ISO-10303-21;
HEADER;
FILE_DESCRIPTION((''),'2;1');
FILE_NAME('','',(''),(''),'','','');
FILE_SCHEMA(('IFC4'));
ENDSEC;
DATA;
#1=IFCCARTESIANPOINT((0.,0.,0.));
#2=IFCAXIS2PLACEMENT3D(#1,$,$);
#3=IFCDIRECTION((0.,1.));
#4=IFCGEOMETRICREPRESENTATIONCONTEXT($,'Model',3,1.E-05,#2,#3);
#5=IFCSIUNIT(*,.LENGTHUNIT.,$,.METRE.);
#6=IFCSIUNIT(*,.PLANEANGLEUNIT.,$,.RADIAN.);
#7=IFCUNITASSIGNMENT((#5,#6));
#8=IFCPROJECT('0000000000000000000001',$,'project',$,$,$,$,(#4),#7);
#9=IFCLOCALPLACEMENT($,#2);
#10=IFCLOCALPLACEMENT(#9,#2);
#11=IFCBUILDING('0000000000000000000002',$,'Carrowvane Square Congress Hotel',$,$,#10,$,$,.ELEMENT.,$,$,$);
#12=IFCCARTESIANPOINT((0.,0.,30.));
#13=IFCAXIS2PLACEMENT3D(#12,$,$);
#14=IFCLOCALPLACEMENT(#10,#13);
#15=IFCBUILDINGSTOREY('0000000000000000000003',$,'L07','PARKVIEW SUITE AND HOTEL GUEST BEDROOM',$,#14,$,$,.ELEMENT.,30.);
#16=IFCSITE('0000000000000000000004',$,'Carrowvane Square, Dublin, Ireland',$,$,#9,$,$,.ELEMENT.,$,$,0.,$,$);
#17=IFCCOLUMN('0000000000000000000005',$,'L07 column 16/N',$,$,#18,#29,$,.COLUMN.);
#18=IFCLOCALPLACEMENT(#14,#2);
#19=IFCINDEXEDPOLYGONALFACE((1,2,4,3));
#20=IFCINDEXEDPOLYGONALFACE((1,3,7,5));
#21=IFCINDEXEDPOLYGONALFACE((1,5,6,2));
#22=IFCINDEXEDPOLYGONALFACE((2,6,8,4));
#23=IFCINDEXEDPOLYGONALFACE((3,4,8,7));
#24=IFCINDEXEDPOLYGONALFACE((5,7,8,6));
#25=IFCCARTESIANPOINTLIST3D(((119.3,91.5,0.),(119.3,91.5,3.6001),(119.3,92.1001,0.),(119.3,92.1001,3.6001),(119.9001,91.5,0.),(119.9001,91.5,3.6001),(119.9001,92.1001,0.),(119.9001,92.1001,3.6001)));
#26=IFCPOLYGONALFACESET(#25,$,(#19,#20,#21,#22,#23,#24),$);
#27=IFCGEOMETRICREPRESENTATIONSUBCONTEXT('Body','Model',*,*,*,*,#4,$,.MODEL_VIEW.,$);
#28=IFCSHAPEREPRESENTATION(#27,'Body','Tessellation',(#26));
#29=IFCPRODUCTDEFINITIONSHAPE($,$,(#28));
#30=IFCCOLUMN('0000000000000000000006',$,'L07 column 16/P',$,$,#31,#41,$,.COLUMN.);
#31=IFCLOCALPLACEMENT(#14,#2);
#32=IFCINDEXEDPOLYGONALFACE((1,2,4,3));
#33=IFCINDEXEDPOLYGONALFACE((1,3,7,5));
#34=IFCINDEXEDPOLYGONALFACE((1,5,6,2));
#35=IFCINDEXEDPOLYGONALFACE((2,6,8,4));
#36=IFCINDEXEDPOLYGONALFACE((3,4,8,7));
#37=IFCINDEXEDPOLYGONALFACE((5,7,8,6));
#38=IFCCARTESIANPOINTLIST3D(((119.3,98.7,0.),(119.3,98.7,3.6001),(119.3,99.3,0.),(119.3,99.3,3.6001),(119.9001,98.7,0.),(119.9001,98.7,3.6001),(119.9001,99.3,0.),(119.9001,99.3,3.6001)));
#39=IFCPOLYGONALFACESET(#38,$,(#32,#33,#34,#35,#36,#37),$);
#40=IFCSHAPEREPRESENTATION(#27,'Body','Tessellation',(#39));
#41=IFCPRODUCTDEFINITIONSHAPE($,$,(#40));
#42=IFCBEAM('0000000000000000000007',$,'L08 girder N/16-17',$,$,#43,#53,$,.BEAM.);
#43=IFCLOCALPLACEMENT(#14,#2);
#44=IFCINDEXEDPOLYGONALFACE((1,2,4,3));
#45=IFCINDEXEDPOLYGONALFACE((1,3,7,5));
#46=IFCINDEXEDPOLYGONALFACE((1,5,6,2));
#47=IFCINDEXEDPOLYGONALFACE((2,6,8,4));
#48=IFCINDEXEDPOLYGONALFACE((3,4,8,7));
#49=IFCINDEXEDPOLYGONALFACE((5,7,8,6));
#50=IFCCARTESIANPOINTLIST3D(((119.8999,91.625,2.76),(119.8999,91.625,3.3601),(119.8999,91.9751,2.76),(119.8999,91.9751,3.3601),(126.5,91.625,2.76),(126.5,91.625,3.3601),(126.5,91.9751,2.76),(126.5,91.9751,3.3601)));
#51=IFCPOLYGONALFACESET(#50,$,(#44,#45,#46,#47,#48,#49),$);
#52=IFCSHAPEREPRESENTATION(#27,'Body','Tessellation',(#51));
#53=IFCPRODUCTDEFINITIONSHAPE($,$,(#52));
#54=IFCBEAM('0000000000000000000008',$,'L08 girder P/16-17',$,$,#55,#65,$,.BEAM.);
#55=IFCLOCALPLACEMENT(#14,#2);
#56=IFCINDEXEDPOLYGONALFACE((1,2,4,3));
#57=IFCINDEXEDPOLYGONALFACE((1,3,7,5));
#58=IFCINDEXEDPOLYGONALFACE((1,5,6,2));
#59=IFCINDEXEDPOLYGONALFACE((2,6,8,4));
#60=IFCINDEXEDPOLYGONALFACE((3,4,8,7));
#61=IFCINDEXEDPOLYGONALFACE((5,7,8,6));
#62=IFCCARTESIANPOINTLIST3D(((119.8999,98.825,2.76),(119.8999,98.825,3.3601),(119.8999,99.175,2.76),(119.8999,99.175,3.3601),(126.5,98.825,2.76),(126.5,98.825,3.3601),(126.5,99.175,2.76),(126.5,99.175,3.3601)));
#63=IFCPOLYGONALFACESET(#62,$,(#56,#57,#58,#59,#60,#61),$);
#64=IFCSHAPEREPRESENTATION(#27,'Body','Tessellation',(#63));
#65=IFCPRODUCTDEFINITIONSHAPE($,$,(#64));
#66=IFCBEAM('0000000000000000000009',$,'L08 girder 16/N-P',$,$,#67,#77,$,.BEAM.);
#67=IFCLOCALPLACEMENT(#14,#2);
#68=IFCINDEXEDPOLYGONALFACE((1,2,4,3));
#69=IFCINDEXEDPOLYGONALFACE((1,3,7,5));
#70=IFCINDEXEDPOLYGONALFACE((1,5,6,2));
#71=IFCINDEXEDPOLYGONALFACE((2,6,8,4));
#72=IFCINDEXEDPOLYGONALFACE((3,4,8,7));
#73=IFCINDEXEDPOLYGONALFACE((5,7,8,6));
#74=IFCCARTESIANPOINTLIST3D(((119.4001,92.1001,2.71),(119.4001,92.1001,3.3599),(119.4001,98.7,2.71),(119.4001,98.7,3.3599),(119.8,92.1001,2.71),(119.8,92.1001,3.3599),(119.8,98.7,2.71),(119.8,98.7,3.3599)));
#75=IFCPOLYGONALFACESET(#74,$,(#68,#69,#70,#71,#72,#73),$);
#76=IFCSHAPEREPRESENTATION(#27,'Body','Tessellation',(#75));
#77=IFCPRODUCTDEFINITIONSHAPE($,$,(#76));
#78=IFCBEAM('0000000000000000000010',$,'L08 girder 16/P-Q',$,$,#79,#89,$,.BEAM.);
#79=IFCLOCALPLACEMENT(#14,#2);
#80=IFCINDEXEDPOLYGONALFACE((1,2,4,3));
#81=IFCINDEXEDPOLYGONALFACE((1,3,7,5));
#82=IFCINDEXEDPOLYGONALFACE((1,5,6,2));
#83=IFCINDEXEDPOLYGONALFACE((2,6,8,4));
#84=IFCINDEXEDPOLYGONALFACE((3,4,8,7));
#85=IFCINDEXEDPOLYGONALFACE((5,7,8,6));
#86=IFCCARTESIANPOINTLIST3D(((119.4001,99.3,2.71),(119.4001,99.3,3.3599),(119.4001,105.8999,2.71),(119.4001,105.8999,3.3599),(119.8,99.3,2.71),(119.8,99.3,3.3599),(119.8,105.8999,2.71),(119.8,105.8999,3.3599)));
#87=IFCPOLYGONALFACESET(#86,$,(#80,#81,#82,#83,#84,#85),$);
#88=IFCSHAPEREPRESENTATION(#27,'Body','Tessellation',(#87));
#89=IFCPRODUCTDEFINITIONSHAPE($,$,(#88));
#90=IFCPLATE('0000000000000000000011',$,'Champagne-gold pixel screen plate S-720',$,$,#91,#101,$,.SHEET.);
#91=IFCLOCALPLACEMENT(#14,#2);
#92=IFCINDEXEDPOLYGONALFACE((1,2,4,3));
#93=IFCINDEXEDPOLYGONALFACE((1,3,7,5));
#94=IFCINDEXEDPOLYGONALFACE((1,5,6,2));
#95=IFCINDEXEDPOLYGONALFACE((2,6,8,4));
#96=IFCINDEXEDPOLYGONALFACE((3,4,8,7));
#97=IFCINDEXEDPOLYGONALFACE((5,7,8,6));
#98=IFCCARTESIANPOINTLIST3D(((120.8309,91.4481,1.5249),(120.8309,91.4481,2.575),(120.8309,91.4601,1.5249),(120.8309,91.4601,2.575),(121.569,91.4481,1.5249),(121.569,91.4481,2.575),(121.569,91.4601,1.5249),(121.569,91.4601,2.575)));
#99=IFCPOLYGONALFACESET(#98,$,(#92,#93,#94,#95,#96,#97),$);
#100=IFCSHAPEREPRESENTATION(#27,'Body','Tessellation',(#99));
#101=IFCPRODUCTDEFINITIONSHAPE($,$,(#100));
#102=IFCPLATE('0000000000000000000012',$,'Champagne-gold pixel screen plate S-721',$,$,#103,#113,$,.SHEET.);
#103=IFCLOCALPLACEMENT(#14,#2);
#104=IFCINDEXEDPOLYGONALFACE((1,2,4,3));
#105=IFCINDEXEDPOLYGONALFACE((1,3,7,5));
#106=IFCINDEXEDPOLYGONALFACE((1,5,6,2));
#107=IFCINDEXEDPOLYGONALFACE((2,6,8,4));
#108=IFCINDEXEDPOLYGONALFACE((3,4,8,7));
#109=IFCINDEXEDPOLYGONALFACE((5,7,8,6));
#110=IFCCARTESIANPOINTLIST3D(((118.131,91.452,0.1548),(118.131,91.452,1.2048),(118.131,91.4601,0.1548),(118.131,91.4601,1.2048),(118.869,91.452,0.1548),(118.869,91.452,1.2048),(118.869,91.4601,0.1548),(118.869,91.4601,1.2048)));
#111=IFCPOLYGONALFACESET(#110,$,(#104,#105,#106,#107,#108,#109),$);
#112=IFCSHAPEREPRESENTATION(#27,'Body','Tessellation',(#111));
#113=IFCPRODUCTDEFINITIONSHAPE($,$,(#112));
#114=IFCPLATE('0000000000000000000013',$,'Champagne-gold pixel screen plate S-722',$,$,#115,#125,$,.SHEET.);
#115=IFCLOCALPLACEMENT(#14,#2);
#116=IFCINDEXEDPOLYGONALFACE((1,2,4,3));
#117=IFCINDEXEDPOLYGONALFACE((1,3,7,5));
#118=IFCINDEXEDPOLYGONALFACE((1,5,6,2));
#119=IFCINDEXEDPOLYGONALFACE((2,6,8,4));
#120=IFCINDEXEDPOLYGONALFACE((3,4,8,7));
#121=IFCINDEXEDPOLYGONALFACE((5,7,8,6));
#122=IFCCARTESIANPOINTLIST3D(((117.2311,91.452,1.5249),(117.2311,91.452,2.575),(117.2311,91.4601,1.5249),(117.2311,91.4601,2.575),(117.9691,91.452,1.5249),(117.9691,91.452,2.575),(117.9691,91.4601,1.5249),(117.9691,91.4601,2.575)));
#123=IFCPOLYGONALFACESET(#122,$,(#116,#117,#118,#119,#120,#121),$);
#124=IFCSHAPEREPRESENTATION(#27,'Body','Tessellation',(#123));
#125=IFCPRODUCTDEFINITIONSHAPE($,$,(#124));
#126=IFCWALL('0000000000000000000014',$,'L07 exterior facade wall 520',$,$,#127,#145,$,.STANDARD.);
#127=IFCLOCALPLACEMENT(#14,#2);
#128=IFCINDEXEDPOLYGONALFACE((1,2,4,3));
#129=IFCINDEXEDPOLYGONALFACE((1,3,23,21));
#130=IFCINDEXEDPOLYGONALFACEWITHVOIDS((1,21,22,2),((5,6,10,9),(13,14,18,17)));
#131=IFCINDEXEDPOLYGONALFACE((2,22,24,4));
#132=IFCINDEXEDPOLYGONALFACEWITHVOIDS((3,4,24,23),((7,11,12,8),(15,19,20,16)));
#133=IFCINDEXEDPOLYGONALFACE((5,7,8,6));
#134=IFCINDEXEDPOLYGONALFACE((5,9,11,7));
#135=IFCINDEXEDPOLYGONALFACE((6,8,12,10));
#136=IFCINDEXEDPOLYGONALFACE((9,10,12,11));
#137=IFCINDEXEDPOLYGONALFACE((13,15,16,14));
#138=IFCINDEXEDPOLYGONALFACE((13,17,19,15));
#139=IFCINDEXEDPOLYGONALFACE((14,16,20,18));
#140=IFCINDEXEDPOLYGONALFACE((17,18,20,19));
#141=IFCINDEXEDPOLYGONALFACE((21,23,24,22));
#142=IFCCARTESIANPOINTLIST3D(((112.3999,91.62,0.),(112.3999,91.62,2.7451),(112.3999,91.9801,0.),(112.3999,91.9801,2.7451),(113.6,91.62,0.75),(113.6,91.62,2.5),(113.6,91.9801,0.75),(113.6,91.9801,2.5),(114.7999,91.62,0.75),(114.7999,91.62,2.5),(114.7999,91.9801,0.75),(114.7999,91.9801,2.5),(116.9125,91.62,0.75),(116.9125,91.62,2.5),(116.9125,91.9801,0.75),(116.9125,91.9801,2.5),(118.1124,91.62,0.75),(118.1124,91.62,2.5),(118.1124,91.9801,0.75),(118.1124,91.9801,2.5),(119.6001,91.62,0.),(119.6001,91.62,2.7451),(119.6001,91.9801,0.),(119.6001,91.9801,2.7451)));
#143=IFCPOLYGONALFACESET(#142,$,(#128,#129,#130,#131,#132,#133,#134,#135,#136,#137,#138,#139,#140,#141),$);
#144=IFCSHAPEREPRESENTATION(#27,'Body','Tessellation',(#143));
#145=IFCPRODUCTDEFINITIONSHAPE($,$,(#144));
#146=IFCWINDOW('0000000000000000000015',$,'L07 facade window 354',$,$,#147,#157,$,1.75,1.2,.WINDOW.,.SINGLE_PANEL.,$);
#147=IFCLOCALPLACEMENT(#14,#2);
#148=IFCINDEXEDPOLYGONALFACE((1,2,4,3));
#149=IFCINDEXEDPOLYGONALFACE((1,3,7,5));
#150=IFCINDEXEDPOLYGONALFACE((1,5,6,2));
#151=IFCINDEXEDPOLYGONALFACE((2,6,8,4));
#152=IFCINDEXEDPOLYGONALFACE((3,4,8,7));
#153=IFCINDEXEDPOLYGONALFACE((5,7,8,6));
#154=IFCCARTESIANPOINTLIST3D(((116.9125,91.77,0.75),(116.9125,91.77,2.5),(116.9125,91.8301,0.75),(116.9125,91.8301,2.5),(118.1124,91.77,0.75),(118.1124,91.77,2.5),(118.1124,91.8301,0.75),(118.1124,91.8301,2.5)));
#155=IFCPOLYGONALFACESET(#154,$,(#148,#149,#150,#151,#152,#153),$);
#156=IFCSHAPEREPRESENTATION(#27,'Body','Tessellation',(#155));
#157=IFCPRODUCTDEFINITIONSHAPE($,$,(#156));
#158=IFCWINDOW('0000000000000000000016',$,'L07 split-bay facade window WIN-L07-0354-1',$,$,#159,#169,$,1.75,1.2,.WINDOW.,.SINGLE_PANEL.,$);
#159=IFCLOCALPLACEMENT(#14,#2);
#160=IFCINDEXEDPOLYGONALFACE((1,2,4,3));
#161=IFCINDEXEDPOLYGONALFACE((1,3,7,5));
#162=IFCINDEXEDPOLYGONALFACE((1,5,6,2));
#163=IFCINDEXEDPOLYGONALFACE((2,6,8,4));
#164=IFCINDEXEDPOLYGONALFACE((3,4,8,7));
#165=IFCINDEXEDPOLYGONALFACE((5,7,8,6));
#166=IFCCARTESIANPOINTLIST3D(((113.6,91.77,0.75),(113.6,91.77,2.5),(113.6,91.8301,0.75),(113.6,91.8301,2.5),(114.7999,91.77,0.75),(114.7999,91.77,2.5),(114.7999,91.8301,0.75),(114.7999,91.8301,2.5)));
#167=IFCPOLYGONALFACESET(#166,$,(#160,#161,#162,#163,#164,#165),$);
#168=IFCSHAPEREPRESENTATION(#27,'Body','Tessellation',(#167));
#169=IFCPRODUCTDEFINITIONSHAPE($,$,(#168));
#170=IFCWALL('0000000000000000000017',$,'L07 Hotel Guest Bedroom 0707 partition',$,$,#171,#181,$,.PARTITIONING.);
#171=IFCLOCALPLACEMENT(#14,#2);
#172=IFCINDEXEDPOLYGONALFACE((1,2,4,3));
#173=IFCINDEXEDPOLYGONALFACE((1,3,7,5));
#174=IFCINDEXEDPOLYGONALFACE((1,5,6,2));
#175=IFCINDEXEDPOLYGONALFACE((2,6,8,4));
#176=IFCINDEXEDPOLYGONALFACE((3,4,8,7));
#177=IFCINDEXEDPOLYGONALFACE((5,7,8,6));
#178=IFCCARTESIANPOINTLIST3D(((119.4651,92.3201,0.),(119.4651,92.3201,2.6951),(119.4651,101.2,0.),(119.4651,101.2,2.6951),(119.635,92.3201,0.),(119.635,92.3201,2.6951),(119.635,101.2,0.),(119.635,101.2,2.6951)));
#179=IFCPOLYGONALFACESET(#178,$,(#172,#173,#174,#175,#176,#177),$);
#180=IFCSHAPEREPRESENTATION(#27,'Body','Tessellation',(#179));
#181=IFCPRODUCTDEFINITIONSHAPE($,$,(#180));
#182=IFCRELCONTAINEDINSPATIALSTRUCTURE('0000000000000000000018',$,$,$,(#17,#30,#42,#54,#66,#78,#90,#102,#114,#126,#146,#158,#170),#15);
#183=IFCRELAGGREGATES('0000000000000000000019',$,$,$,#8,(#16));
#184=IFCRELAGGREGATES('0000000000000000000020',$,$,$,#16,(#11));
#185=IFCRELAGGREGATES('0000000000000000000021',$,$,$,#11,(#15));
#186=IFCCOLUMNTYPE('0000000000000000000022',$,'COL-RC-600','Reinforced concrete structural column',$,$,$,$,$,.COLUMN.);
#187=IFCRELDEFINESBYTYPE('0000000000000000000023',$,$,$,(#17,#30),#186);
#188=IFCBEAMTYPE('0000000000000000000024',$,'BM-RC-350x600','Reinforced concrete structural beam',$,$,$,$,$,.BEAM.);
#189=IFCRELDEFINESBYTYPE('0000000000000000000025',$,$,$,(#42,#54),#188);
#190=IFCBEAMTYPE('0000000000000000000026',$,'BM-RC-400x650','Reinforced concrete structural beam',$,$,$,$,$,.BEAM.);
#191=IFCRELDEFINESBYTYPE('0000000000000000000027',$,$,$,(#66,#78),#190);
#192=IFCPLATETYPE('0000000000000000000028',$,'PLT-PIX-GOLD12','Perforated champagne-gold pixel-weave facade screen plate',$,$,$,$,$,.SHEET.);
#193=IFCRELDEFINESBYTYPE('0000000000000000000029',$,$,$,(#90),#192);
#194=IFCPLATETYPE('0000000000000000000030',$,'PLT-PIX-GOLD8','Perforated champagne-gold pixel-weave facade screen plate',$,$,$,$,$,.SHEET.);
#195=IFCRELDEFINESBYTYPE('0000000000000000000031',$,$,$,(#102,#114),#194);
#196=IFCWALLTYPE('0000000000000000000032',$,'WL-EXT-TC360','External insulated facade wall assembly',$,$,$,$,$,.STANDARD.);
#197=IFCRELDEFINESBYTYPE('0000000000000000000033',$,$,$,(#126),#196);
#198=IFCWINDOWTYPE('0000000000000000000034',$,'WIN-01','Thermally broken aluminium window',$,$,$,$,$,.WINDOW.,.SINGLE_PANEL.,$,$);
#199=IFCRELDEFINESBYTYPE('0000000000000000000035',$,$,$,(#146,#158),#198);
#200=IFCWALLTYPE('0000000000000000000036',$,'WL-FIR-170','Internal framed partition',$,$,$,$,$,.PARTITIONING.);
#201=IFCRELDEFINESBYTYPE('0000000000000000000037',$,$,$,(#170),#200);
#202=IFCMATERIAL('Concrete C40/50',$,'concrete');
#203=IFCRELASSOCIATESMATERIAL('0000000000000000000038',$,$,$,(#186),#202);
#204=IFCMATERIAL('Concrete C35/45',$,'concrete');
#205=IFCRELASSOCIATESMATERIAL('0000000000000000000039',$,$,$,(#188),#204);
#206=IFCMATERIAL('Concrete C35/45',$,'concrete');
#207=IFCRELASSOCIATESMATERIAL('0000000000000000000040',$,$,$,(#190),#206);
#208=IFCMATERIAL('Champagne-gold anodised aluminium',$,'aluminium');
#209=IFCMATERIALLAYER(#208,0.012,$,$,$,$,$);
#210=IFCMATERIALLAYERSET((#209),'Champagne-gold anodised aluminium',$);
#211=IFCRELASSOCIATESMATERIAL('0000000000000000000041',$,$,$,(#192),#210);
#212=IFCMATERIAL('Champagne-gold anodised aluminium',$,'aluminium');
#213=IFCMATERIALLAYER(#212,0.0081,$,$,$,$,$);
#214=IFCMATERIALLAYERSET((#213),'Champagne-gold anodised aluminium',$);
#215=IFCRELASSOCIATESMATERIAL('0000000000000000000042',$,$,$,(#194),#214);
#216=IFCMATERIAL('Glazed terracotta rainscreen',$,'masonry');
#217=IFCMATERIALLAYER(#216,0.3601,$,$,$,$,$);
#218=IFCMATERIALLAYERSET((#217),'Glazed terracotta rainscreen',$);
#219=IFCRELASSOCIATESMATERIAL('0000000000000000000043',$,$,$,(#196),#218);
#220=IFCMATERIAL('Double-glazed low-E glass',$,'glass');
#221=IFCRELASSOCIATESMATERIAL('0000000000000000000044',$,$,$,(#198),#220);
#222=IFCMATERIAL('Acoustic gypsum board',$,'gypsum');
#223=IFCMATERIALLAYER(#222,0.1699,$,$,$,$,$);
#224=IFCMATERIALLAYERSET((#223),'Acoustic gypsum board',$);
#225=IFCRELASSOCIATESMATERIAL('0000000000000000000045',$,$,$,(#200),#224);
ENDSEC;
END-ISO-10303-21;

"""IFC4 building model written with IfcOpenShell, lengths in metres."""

from ifc_helpers import new_model, si_unit, direction, frame, frame_2d, origin, origin_2d, place, context, subcontext, project, spatial, rectangle, extrude, material, layer, layer_set, material_profile, profile_set, type_object, element, fill, save


model = new_model("IFC4")

# Units and contexts
model_context = context("Model", 3, precision=1e-05, world=origin(), true_north=direction((0.0, 1.0)))
body_context = subcontext(model_context, "Body", "Model", "MODEL_VIEW")
ifc_project = project(units=[si_unit("LENGTHUNIT", "METRE"), si_unit("PLANEANGLEUNIT", "RADIAN")], contexts=[model_context])

# Site, building, storey
site_placement = place(None, origin())
site = spatial("IfcSite", under=ifc_project, at=site_placement, Name="Carrowvane Square, Dublin, Ireland", CompositionType="ELEMENT", RefElevation=0.0)
building_placement = place(site_placement, origin())
building = spatial("IfcBuilding", under=site, at=building_placement, Name="Carrowvane Square Congress Hotel", CompositionType="ELEMENT")
storey_placement = place(building_placement, frame((0.0, 0.0, 30.0)))
storey = spatial("IfcBuildingStorey", under=building, at=storey_placement, Name="L07", Description="PARKVIEW SUITE AND HOTEL GUEST BEDROOM", CompositionType="ELEMENT", Elevation=30.0)

# Columns
ifc_material_1 = material(Name="Concrete C40/50", Category="concrete")
ifc_material_profile_1 = material_profile(ifc_material_1, rectangle(XDim=0.6001, YDim=0.6001, at=origin_2d()), Name="RC 600x600")
ifc_profile_set_1 = profile_set([ifc_material_profile_1], Name="Concrete C40/50")
column_type = type_object("IfcColumnType", Name="COL-RC-600", Description="Reinforced concrete structural column", PredefinedType="COLUMN", material=ifc_profile_set_1)
for number, where, z_axis, x_axis, name in (
    (1, (119.6001, 91.8, 0.0), (0.0, 0.0, 1.0), (1.0, 0.0, 0.0), "L07 column 16/N"),
    (2, (119.6001, 99.0, 0.0), (0.0, 0.0, 1.0), (1.0, 0.0, 0.0), "L07 column 16/P"),
):
    element("IfcColumn", number, at=place(storey_placement, frame(where, z_axis=z_axis, x_axis=x_axis)), inside=storey, type_object=column_type, Name=name, PredefinedType="COLUMN", context=body_context, shape_type="SweptSolid", body=[
        extrude(rectangle(XDim=0.6001, YDim=0.6001, at=origin_2d()), origin(), (0.0, 0.0, 1.0), 3.6001),
    ])

# Beams
ifc_material_2 = material(Name="Concrete C35/45", Category="concrete")
ifc_material_profile_2 = material_profile(ifc_material_2, rectangle(XDim=0.3501, YDim=0.6001, at=origin_2d()), Name="RC 350x600")
ifc_profile_set_2 = profile_set([ifc_material_profile_2], Name="Concrete C35/45")
beam_type_1 = type_object("IfcBeamType", Name="BM-RC-350x600", Description="Reinforced concrete structural beam", PredefinedType="BEAM", material=ifc_profile_set_2)
for number, where, z_axis, x_axis, name in (
    (3, (119.8999, 91.8, 3.0601), (1.0, 0.0, 0.0), (0.0, 1.0, 0.0), "L08 girder N/16-17"),
    (4, (119.8999, 99.0, 3.0601), (1.0, 0.0, 0.0), (0.0, 1.0, 0.0), "L08 girder P/16-17"),
):
    element("IfcBeam", number, at=place(storey_placement, frame(where, z_axis=z_axis, x_axis=x_axis)), inside=storey, type_object=beam_type_1, Name=name, PredefinedType="BEAM", context=body_context, shape_type="SweptSolid", body=[
        extrude(rectangle(XDim=0.3501, YDim=0.6001, at=origin_2d()), origin(), (0.0, 0.0, 1.0), 6.6001),
    ])
ifc_material_3 = material(Name="Concrete C35/45", Category="concrete")
ifc_material_profile_3 = material_profile(ifc_material_3, rectangle(XDim=0.3999, YDim=0.6499, at=origin_2d()), Name="RC 400x650")
ifc_profile_set_3 = profile_set([ifc_material_profile_3], Name="Concrete C35/45")
beam_type_2 = type_object("IfcBeamType", Name="BM-RC-400x650", Description="Reinforced concrete structural beam", PredefinedType="BEAM", material=ifc_profile_set_3)
for number, where, z_axis, x_axis, name in (
    (5, (119.6001, 92.1001, 3.0349), (0.0, 1.0, 0.0), (-1.0, 0.0, 0.0), "L08 girder 16/N-P"),
    (6, (119.6001, 99.3, 3.0349), (0.0, 1.0, 0.0), (-1.0, 0.0, 0.0), "L08 girder 16/P-Q"),
):
    element("IfcBeam", number, at=place(storey_placement, frame(where, z_axis=z_axis, x_axis=x_axis)), inside=storey, type_object=beam_type_2, Name=name, PredefinedType="BEAM", context=body_context, shape_type="SweptSolid", body=[
        extrude(rectangle(XDim=0.3999, YDim=0.6499, at=origin_2d()), origin(), (0.0, 0.0, 1.0), 6.5999),
    ])

# Plates
ifc_material_4 = material(Name="Champagne-gold anodised aluminium", Category="aluminium")
ifc_layer_1 = layer(ifc_material_4, 0.012)
ifc_layer_set_1 = layer_set([ifc_layer_1], Name="Champagne-gold anodised aluminium")
plate_type_1 = type_object("IfcPlateType", Name="PLT-PIX-GOLD12", Description="Perforated champagne-gold pixel-weave facade screen plate", PredefinedType="SHEET", material=ifc_layer_set_1)
plate_placement = place(storey_placement, frame((121.2, 91.4541, 1.5249), z_axis=(0.0, 0.0, 1.0), x_axis=(-1.0, 0.0, 0.0)))
element("IfcPlate", 7, at=plate_placement, inside=storey, type_object=plate_type_1, Name="Champagne-gold pixel screen plate S-720", PredefinedType="SHEET", context=body_context, shape_type="SweptSolid", body=[
    extrude(rectangle(XDim=0.738, YDim=0.012, at=origin_2d()), origin(), (0.0, 0.0, 1.0), 1.05),
])
ifc_material_5 = material(Name="Champagne-gold anodised aluminium", Category="aluminium")
ifc_layer_2 = layer(ifc_material_5, 0.0081)
ifc_layer_set_2 = layer_set([ifc_layer_2], Name="Champagne-gold anodised aluminium")
plate_type_2 = type_object("IfcPlateType", Name="PLT-PIX-GOLD8", Description="Perforated champagne-gold pixel-weave facade screen plate", PredefinedType="SHEET", material=ifc_layer_set_2)
for number, where, z_axis, x_axis, name in (
    (8, (118.5, 91.4561, 0.1548), (0.0, 0.0, 1.0), (-1.0, 0.0, 0.0), "Champagne-gold pixel screen plate S-721"),
    (9, (117.6001, 91.4561, 1.5249), (0.0, 0.0, 1.0), (-1.0, 0.0, 0.0), "Champagne-gold pixel screen plate S-722"),
):
    element("IfcPlate", number, at=place(storey_placement, frame(where, z_axis=z_axis, x_axis=x_axis)), inside=storey, type_object=plate_type_2, Name=name, PredefinedType="SHEET", context=body_context, shape_type="SweptSolid", body=[
        extrude(rectangle(XDim=0.738, YDim=0.0081, at=origin_2d()), origin(), (0.0, 0.0, 1.0), 1.05),
    ])

# Wall, openings, windows
ifc_material_6 = material(Name="Glazed terracotta rainscreen", Category="masonry")
ifc_layer_3 = layer(ifc_material_6, 0.3601)
ifc_layer_set_3 = layer_set([ifc_layer_3], Name="Glazed terracotta rainscreen")
wall_type_1 = type_object("IfcWallType", Name="WL-EXT-TC360", Description="External insulated facade wall assembly", PredefinedType="STANDARD", material=ifc_layer_set_3)
wall_1_placement = place(storey_placement, frame((119.6001, 91.8, 0.0), z_axis=(0.0, 0.0, 1.0), x_axis=(-1.0, 0.0, 0.0)))
wall_1 = element("IfcWall", 10, at=wall_1_placement, inside=storey, type_object=wall_type_1, Name="L07 exterior facade wall 520", PredefinedType="STANDARD", context=body_context, shape_type="SweptSolid", body=[
    extrude(rectangle(XDim=7.2002, YDim=0.3601, at=frame_2d((3.6001, 0.0))), origin(), (0.0, 0.0, 1.0), 2.7451),
])
opening_1_placement = place(wall_1_placement, frame((1.4875, 0.0, 0.75)))
opening_1 = element("IfcOpeningElement", 11, at=opening_1_placement, cuts=wall_1, PredefinedType="OPENING", context=body_context, shape_type="SweptSolid", body=[
    extrude(rectangle(XDim=1.2, YDim=1.75, at=frame_2d((0.6001, 0.875))), frame((0.0, 0.1899, 0.0), z_axis=(0.0, -1.0, 0.0), x_axis=(1.0, 0.0, 0.0)), (0.0, 0.0, 1.0), 0.3801),
])
opening_2_placement = place(wall_1_placement, frame((4.8, 0.0, 0.75)))
opening_2 = element("IfcOpeningElement", 12, at=opening_2_placement, cuts=wall_1, PredefinedType="OPENING", context=body_context, shape_type="SweptSolid", body=[
    extrude(rectangle(XDim=1.2, YDim=1.75, at=frame_2d((0.6001, 0.875))), frame((0.0, 0.1899, 0.0), z_axis=(0.0, -1.0, 0.0), x_axis=(1.0, 0.0, 0.0)), (0.0, 0.0, 1.0), 0.3801),
])
ifc_material_7 = material(Name="Double-glazed low-E glass", Category="glass")
window_type = type_object("IfcWindowType", Name="WIN-01", Description="Thermally broken aluminium window", PartitioningType="SINGLE_PANEL", PredefinedType="WINDOW", material=ifc_material_7)
window_1_placement = place(opening_1_placement, origin())
window_1 = element("IfcWindow", 13, at=window_1_placement, inside=storey, type_object=window_type, Name="L07 facade window 354", OverallHeight=1.75, OverallWidth=1.2, PartitioningType="SINGLE_PANEL", PredefinedType="WINDOW", context=body_context, shape_type="SweptSolid", body=[
    extrude(rectangle(XDim=1.2, YDim=1.75, at=frame_2d((0.6001, 0.875))), frame((0.0, 0.03, 0.0), z_axis=(0.0, -1.0, 0.0), x_axis=(1.0, 0.0, 0.0)), (0.0, 0.0, 1.0), 0.0601),
])
fill(opening_1, window_1)
window_2_placement = place(opening_2_placement, origin())
window_2 = element("IfcWindow", 14, at=window_2_placement, inside=storey, type_object=window_type, Name="L07 split-bay facade window WIN-L07-0354-1", OverallHeight=1.75, OverallWidth=1.2, PartitioningType="SINGLE_PANEL", PredefinedType="WINDOW", context=body_context, shape_type="SweptSolid", body=[
    extrude(rectangle(XDim=1.2, YDim=1.75, at=frame_2d((0.6001, 0.875))), frame((0.0, 0.03, 0.0), z_axis=(0.0, -1.0, 0.0), x_axis=(1.0, 0.0, 0.0)), (0.0, 0.0, 1.0), 0.0601),
])
fill(opening_2, window_2)

# Wall
ifc_material_8 = material(Name="Acoustic gypsum board", Category="gypsum")
ifc_layer_4 = layer(ifc_material_8, 0.1699)
ifc_layer_set_4 = layer_set([ifc_layer_4], Name="Acoustic gypsum board")
wall_type_2 = type_object("IfcWallType", Name="WL-FIR-170", Description="Internal framed partition", PredefinedType="PARTITIONING", material=ifc_layer_set_4)
wall_2_placement = place(storey_placement, frame((119.55, 92.3201, 0.0), z_axis=(0.0, 0.0, 1.0), x_axis=(0.0, 1.0, 0.0)))
element("IfcWall", 15, at=wall_2_placement, inside=storey, type_object=wall_type_2, Name="L07 Hotel Guest Bedroom 0707 partition", PredefinedType="PARTITIONING", context=body_context, shape_type="SweptSolid", body=[
    extrude(rectangle(XDim=8.8799, YDim=0.1699, at=frame_2d((4.4399, 0.0))), origin(), (0.0, 0.0, 1.0), 2.6951),
])

save(model, "model.ifc")
